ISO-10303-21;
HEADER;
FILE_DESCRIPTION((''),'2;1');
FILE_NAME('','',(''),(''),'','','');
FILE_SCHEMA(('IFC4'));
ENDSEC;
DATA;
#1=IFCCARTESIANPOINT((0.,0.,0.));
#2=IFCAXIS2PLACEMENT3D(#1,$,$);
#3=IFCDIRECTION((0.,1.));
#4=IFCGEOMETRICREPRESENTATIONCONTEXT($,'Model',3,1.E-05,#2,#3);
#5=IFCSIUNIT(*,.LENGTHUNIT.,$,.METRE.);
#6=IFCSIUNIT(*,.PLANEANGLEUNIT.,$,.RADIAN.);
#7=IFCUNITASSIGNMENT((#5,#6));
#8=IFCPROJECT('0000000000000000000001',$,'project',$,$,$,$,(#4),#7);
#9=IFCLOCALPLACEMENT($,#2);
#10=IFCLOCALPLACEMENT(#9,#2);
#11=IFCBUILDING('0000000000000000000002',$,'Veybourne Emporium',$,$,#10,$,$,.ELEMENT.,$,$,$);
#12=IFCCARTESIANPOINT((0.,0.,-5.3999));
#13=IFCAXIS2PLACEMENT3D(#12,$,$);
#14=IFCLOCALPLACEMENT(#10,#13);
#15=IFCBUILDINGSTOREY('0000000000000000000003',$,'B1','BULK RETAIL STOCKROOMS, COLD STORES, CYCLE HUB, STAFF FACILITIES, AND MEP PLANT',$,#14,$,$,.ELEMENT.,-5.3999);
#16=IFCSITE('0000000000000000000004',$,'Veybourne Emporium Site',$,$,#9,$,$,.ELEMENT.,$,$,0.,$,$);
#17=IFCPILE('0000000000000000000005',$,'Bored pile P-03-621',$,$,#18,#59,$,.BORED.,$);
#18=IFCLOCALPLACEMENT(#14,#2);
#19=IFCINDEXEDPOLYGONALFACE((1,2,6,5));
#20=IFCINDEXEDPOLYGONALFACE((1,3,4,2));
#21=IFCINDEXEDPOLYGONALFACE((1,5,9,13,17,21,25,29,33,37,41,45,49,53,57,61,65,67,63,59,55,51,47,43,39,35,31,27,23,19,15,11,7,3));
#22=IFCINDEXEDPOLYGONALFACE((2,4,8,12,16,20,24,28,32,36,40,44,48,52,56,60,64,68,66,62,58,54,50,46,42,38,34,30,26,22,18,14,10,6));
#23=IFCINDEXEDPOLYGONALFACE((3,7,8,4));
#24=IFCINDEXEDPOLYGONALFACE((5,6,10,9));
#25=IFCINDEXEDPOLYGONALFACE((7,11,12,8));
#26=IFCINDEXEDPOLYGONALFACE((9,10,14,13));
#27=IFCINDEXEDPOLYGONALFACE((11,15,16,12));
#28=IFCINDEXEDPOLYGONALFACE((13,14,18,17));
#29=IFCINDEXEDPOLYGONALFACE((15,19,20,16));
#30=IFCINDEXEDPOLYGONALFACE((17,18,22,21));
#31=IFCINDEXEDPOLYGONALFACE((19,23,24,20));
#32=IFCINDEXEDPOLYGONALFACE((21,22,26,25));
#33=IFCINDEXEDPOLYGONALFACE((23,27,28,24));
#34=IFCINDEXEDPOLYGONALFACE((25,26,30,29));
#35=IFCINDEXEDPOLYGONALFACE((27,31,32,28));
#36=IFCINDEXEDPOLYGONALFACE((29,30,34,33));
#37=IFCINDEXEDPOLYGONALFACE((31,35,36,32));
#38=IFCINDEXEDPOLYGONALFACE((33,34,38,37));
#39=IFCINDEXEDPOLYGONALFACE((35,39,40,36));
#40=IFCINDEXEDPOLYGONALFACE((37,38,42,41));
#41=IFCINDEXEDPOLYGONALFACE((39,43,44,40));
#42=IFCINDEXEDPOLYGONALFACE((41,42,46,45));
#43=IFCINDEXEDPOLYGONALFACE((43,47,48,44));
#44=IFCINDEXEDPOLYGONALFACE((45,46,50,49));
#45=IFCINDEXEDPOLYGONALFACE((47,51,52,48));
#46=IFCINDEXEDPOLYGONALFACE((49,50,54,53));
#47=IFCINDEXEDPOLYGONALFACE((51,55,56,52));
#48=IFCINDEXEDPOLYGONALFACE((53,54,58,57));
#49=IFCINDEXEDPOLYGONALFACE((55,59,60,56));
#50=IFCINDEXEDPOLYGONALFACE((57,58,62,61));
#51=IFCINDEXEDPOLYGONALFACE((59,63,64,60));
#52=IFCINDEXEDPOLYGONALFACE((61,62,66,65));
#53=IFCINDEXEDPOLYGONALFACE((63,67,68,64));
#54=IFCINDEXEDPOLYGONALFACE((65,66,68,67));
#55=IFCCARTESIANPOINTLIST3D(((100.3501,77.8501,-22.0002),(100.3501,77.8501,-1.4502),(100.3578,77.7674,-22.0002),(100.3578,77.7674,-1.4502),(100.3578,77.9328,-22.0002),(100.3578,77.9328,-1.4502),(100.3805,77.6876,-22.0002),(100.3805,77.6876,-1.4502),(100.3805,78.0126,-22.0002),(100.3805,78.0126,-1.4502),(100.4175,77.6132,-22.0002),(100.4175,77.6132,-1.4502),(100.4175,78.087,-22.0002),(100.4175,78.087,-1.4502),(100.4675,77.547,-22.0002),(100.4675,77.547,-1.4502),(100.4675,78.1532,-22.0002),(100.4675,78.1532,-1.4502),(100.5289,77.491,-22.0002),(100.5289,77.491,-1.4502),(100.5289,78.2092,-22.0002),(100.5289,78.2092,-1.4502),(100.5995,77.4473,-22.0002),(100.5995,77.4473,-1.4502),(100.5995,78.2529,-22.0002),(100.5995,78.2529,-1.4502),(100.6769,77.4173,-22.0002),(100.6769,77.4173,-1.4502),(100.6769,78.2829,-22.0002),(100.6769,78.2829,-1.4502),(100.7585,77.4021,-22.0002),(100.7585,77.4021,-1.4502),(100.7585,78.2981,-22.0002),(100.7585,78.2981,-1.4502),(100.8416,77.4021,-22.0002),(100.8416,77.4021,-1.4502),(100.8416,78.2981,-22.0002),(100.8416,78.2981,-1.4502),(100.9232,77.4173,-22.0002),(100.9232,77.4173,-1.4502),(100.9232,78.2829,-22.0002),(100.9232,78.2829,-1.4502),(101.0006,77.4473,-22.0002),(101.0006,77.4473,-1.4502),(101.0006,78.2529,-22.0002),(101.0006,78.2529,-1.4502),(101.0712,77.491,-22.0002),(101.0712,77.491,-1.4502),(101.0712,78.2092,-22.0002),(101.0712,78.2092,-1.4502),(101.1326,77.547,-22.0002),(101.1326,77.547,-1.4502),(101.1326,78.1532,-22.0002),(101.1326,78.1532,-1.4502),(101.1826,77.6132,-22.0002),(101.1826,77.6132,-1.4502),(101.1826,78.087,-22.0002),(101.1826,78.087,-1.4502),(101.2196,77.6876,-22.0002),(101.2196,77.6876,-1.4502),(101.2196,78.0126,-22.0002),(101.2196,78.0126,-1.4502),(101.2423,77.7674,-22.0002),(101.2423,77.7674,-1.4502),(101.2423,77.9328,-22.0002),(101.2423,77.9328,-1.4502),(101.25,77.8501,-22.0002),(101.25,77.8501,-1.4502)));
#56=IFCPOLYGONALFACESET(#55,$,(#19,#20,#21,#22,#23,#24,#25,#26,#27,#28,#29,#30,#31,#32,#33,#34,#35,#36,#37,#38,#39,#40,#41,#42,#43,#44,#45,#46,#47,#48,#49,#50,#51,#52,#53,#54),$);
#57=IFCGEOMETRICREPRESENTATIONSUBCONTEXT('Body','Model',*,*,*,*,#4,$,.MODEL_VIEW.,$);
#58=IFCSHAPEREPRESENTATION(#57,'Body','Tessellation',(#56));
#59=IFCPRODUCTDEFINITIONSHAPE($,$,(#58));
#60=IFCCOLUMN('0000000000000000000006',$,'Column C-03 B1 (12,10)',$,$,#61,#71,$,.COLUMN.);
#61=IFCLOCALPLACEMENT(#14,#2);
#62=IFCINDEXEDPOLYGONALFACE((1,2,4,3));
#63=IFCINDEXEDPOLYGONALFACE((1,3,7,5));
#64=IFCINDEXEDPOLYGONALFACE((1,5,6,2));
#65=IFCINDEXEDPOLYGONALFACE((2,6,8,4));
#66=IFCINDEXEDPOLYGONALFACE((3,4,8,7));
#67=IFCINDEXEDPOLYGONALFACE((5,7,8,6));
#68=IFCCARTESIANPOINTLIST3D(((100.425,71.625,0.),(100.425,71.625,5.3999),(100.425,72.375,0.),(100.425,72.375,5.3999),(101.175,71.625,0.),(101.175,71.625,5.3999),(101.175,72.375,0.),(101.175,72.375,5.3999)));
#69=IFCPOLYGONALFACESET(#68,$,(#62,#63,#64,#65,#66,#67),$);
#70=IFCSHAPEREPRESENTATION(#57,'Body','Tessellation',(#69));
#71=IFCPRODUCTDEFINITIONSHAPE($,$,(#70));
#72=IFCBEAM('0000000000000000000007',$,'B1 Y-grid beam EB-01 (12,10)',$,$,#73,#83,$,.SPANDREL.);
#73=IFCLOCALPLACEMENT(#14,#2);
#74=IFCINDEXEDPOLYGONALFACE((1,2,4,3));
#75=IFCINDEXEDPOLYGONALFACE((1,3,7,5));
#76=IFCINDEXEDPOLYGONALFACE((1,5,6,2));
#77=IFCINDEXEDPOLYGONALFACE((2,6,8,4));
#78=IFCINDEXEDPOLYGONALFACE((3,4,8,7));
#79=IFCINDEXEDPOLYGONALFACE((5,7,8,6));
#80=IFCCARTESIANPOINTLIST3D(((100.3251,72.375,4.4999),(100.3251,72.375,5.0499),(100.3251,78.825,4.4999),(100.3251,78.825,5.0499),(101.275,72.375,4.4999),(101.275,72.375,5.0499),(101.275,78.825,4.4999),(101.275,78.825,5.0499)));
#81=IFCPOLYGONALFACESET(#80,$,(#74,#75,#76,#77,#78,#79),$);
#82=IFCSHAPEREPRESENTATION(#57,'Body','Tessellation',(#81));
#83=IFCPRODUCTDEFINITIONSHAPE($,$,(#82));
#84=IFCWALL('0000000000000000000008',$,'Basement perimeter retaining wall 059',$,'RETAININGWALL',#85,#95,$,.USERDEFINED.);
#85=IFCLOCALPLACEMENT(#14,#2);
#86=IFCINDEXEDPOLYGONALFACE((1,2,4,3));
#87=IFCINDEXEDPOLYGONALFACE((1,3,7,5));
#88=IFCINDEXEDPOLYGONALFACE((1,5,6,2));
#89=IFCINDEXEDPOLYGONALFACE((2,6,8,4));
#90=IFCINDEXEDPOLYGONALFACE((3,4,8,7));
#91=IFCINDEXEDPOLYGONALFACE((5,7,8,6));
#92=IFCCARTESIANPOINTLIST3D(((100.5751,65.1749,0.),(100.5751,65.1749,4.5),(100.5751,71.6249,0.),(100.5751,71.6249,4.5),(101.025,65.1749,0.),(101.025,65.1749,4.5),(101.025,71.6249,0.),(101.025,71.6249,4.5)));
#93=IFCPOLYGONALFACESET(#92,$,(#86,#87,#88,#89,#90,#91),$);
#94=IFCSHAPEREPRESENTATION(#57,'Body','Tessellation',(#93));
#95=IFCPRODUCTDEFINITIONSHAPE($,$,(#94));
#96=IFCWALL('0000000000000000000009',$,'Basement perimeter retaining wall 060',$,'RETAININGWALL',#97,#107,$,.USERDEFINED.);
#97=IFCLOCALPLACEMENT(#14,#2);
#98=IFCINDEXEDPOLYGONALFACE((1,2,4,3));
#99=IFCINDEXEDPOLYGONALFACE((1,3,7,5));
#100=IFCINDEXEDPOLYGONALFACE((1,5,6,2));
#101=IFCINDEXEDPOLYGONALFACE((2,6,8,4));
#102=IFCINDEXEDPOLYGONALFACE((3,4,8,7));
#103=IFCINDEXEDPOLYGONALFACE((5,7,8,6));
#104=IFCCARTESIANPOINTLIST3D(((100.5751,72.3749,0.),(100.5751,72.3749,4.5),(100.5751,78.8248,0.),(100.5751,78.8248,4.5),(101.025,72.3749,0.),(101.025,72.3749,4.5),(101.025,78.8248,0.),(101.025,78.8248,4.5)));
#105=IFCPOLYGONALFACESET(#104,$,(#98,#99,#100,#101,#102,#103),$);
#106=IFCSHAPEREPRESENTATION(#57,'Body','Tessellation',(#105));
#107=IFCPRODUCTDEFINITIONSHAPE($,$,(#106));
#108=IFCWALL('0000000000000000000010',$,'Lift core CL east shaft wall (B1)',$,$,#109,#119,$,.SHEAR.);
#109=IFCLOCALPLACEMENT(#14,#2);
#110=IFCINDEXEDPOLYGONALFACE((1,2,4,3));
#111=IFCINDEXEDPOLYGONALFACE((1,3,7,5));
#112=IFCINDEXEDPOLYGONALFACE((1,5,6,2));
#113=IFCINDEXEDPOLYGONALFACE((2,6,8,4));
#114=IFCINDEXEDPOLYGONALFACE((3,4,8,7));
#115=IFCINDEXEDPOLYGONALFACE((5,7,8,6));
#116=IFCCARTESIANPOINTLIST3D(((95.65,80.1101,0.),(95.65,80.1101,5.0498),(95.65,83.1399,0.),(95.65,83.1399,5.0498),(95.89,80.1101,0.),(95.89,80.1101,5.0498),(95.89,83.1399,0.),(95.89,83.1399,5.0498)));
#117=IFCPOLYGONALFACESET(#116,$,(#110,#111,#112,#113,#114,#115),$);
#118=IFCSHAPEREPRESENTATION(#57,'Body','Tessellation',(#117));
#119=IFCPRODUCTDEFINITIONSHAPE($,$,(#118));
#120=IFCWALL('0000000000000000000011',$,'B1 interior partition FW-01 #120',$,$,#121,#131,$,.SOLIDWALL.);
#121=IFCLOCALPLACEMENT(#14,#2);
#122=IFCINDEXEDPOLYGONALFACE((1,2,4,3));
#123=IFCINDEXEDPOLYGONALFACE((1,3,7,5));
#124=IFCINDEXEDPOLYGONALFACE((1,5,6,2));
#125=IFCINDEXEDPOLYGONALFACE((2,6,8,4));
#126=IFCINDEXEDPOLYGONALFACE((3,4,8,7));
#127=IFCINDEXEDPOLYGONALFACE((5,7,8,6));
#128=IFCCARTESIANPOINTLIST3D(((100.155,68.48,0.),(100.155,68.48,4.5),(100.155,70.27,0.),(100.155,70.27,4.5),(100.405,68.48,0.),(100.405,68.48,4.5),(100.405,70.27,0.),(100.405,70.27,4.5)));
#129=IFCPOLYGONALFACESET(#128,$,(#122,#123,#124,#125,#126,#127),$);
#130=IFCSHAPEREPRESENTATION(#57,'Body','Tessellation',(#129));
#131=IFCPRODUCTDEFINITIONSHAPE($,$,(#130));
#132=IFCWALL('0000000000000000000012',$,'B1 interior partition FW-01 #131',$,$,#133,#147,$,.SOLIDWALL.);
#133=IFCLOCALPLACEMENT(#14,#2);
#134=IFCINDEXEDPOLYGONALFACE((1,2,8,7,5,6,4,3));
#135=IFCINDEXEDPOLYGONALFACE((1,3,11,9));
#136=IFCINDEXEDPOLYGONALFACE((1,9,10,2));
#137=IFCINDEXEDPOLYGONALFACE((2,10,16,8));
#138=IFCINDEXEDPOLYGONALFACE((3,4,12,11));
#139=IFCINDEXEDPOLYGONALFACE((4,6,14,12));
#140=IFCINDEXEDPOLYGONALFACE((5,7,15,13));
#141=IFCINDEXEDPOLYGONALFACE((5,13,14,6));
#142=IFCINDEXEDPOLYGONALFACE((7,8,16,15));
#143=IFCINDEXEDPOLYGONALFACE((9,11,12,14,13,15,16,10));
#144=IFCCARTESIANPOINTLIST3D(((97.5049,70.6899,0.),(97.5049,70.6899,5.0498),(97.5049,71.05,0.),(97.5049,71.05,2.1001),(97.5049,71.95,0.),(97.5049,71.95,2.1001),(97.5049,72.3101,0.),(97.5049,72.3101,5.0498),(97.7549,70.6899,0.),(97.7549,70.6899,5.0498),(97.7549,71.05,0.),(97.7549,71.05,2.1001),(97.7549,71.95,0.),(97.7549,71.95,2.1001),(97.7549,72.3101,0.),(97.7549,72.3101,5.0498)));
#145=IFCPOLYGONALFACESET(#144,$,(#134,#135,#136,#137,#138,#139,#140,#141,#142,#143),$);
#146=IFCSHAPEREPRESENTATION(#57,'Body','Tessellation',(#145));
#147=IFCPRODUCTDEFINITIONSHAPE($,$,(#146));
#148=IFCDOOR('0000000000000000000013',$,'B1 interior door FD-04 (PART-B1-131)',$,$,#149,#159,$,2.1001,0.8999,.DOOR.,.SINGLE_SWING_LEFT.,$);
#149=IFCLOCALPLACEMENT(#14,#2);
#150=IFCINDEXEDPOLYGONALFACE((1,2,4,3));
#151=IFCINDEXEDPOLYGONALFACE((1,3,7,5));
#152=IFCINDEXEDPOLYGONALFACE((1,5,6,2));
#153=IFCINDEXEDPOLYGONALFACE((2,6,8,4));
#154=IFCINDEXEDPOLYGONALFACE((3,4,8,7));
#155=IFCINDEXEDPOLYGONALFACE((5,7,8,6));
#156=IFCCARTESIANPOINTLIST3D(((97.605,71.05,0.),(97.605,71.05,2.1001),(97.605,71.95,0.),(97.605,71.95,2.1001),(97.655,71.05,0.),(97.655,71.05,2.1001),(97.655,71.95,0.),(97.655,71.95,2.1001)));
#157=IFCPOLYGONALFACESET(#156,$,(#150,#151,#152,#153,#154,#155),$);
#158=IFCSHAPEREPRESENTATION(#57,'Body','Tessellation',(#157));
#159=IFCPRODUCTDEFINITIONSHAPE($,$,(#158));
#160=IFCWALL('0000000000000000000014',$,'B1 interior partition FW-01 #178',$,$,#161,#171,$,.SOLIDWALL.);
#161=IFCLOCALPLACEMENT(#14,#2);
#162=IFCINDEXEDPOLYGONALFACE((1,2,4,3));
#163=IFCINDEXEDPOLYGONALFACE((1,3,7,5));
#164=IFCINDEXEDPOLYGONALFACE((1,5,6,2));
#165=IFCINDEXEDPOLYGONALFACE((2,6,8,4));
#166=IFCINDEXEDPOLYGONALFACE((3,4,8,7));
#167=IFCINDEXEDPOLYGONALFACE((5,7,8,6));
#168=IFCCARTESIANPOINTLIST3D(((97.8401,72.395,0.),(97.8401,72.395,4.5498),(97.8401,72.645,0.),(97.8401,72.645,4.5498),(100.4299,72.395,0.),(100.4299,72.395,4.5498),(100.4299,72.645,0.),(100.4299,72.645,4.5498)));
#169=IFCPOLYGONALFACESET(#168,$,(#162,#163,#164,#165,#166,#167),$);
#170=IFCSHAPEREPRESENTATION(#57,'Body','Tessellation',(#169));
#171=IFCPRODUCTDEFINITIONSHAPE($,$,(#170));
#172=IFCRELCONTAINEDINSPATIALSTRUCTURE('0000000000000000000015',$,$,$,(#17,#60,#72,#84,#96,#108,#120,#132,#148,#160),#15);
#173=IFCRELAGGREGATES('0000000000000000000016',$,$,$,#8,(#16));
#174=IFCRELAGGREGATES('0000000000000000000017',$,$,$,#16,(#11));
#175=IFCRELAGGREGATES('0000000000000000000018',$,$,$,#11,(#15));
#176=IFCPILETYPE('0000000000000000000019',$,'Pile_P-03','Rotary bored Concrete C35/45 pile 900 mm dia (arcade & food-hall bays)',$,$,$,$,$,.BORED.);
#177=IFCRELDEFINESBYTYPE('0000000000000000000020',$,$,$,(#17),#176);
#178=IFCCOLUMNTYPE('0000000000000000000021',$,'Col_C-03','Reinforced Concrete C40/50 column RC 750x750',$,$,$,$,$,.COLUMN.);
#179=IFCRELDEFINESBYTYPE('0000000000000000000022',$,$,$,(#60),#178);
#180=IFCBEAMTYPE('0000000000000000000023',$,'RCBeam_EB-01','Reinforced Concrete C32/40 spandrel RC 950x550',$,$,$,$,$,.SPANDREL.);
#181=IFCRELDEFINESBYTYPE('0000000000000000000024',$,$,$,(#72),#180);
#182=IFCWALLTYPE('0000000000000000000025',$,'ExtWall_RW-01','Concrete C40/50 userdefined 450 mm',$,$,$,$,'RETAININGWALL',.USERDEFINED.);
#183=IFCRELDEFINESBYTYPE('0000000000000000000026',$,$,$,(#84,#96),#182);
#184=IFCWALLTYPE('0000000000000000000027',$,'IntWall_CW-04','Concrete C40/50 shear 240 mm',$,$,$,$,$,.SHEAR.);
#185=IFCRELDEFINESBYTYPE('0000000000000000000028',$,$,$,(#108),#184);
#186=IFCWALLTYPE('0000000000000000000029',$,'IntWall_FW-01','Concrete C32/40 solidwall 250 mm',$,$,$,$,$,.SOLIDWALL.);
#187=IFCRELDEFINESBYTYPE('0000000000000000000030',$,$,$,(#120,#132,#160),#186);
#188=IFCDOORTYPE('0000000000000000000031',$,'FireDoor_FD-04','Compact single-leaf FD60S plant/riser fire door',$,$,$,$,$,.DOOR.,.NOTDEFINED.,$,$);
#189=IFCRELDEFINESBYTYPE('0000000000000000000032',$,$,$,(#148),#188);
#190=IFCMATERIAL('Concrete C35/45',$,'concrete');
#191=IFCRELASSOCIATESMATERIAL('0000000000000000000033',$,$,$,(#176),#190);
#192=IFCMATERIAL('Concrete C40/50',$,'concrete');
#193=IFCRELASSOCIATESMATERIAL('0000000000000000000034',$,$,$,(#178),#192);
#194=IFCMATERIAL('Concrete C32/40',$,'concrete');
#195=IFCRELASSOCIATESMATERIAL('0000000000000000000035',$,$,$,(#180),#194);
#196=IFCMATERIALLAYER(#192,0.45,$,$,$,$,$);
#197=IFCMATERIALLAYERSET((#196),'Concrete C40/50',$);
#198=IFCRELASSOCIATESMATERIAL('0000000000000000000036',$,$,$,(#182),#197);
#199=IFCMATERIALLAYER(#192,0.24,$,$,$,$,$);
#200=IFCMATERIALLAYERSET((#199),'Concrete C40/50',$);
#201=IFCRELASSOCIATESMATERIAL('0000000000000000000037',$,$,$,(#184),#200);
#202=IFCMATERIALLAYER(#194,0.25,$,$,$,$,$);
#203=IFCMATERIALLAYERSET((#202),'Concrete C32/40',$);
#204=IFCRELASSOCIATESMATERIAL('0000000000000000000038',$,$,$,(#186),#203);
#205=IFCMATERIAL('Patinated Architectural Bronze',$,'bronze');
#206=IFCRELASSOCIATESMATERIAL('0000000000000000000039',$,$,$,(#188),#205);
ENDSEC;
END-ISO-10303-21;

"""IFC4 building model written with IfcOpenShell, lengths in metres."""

from ifc_helpers import new_model, si_unit, direction, frame, frame_2d, origin, origin_2d, place, context, subcontext, project, spatial, rectangle, circle, extrude, material, layer, layer_set, material_profile, profile_set, type_object, element, fill, save


model = new_model("IFC4")

# Units and contexts
model_context = context("Model", 3, precision=1e-05, world=origin(), true_north=direction((0.0, 1.0)))
body_context = subcontext(model_context, "Body", "Model", "MODEL_VIEW")
ifc_project = project(units=[si_unit("LENGTHUNIT", "METRE"), si_unit("PLANEANGLEUNIT", "RADIAN")], contexts=[model_context])

# Site, building, storey
site_placement = place(None, origin())
site = spatial("IfcSite", under=ifc_project, at=site_placement, Name="Veybourne Emporium Site", CompositionType="ELEMENT", RefElevation=0.0)
building_placement = place(site_placement, origin())
building = spatial("IfcBuilding", under=site, at=building_placement, Name="Veybourne Emporium", CompositionType="ELEMENT")
storey_placement = place(building_placement, frame((0.0, 0.0, -5.3999)))
storey = spatial("IfcBuildingStorey", under=building, at=storey_placement, Name="B1", Description="BULK RETAIL STOCKROOMS, COLD STORES, CYCLE HUB, STAFF FACILITIES, AND MEP PLANT", CompositionType="ELEMENT", Elevation=-5.3999)

# Shared definitions
ifc_material_1 = material(Name="Concrete C35/45", Category="concrete")

# Pile
ifc_material_profile_1 = material_profile(ifc_material_1, circle(Radius=0.45, at=origin_2d()), Name="BORED PILE 900")
ifc_profile_set_1 = profile_set([ifc_material_profile_1], Name="Concrete C35/45")
pile_type_1 = type_object("IfcPileType", Name="Pile_P-03", Description="Rotary bored Concrete C35/45 pile 900 mm dia (arcade & food-hall bays)", PredefinedType="BORED", material=ifc_profile_set_1)
pile_placement = place(storey_placement, frame((100.8, 77.8501, -1.4502), z_axis=(0.0, 0.0, -1.0), x_axis=(1.0, 0.0, 0.0)))
element("IfcPile", 1, at=pile_placement, inside=storey, type_object=pile_type_1, Name="Bored pile P-03-621", PredefinedType="BORED", context=body_context, shape_type="SweptSolid", body=[
    extrude(circle(Radius=0.45, at=origin_2d()), origin(), (0.0, 0.0, 1.0), 20.55),
])

# Column
ifc_material_2 = material(Name="Concrete C40/50", Category="concrete")
ifc_material_profile_2 = material_profile(ifc_material_2, rectangle(XDim=0.75, YDim=0.75, at=origin_2d()), Name="RC 750x750")
ifc_profile_set_2 = profile_set([ifc_material_profile_2], Name="Concrete C40/50")
column_type = type_object("IfcColumnType", Name="Col_C-03", Description="Reinforced Concrete C40/50 column RC 750x750", PredefinedType="COLUMN", material=ifc_profile_set_2)
column_placement = place(storey_placement, frame((100.8, 72.0, 0.0), z_axis=(0.0, 0.0, 1.0), x_axis=(1.0, 0.0, 0.0)))
element("IfcColumn", 2, at=column_placement, inside=storey, type_object=column_type, Name="Column C-03 B1 (12,10)", PredefinedType="COLUMN", context=body_context, shape_type="SweptSolid", body=[
    extrude(rectangle(XDim=0.75, YDim=0.75, at=origin_2d()), origin(), (0.0, 0.0, 1.0), 5.3999),
])

# Beam
ifc_material_3 = material(Name="Concrete C32/40", Category="concrete")
ifc_material_profile_3 = material_profile(ifc_material_3, rectangle(XDim=0.95, YDim=0.55, at=origin_2d()), Name="RC 950x550")
ifc_profile_set_3 = profile_set([ifc_material_profile_3], Name="Concrete C32/40")
beam_type = type_object("IfcBeamType", Name="RCBeam_EB-01", Description="Reinforced Concrete C32/40 spandrel RC 950x550", PredefinedType="SPANDREL", material=ifc_profile_set_3)
beam_placement = place(storey_placement, frame((100.8, 72.375, 4.7749), z_axis=(0.0, 1.0, 0.0), x_axis=(-1.0, 0.0, 0.0)))
element("IfcBeam", 3, at=beam_placement, inside=storey, type_object=beam_type, Name="B1 Y-grid beam EB-01 (12,10)", PredefinedType="SPANDREL", context=body_context, shape_type="SweptSolid", body=[
    extrude(rectangle(XDim=0.95, YDim=0.55, at=origin_2d()), origin(), (0.0, 0.0, 1.0), 6.45),
])

# Walls
ifc_layer_1 = layer(ifc_material_2, 0.45)
ifc_layer_set_1 = layer_set([ifc_layer_1], Name="Concrete C40/50")
wall_type_1 = type_object("IfcWallType", Name="ExtWall_RW-01", Description="Concrete C40/50 userdefined 450 mm", ElementType="RETAININGWALL", PredefinedType="USERDEFINED", material=ifc_layer_set_1)
for number, where, z_axis, x_axis, name in (
    (4, (100.8, 71.625, 0.0), (0.0, 0.0, 1.0), (0.0, -1.0, 0.0), "Basement perimeter retaining wall 059"),
    (5, (100.8, 78.825, 0.0), (0.0, 0.0, 1.0), (0.0, -1.0, 0.0), "Basement perimeter retaining wall 060"),
):
    element("IfcWall", number, at=place(storey_placement, frame(where, z_axis=z_axis, x_axis=x_axis)), inside=storey, type_object=wall_type_1, Name=name, ObjectType="RETAININGWALL", PredefinedType="USERDEFINED", context=body_context, shape_type="SweptSolid", body=[
        extrude(rectangle(XDim=6.45, YDim=0.45, at=frame_2d((3.2251, 0.0))), origin(), (0.0, 0.0, 1.0), 4.5),
    ])
ifc_layer_2 = layer(ifc_material_2, 0.24)
ifc_layer_set_2 = layer_set([ifc_layer_2], Name="Concrete C40/50")
wall_type_2 = type_object("IfcWallType", Name="IntWall_CW-04", Description="Concrete C40/50 shear 240 mm", PredefinedType="SHEAR", material=ifc_layer_set_2)
wall_1_placement = place(storey_placement, frame((95.77, 80.1101, 0.0), z_axis=(0.0, 0.0, 1.0), x_axis=(0.0, 1.0, 0.0)))
element("IfcWall", 6, at=wall_1_placement, inside=storey, type_object=wall_type_2, Name="Lift core CL east shaft wall (B1)", PredefinedType="SHEAR", context=body_context, shape_type="SweptSolid", body=[
    extrude(rectangle(XDim=3.0298, YDim=0.24, at=frame_2d((1.5149, 0.0))), origin(), (0.0, 0.0, 1.0), 5.0498),
])

# Shared definitions
ifc_layer_3 = layer(ifc_material_3, 0.25)
ifc_layer_set_3 = layer_set([ifc_layer_3], Name="Concrete C32/40")
wall_type_3 = type_object("IfcWallType", Name="IntWall_FW-01", Description="Concrete C32/40 solidwall 250 mm", PredefinedType="SOLIDWALL", material=ifc_layer_set_3)
ifc_material_4 = material(Name="Patinated Architectural Bronze", Category="bronze")

# Wall
wall_2_placement = place(storey_placement, frame((100.28, 68.48, 0.0), z_axis=(0.0, 0.0, 1.0), x_axis=(0.0, 1.0, 0.0)))
element("IfcWall", 7, at=wall_2_placement, inside=storey, type_object=wall_type_3, Name="B1 interior partition FW-01 #120", PredefinedType="SOLIDWALL", context=body_context, shape_type="SweptSolid", body=[
    extrude(rectangle(XDim=1.79, YDim=0.25, at=frame_2d((0.895, 0.0))), origin(), (0.0, 0.0, 1.0), 4.5),
])

# Wall, opening, door
wall_3_placement = place(storey_placement, frame((97.6299, 70.6899, 0.0), z_axis=(0.0, 0.0, 1.0), x_axis=(0.0, 1.0, 0.0)))
wall_3 = element("IfcWall", 8, at=wall_3_placement, inside=storey, type_object=wall_type_3, Name="B1 interior partition FW-01 #131", PredefinedType="SOLIDWALL", context=body_context, shape_type="SweptSolid", body=[
    extrude(rectangle(XDim=1.6201, YDim=0.25, at=frame_2d((0.8101, 0.0))), origin(), (0.0, 0.0, 1.0), 5.0498),
])
opening_1_placement = place(wall_3_placement, frame((0.3601, 0.0, 0.0)))
opening_1 = element("IfcOpeningElement", 9, at=opening_1_placement, cuts=wall_3, PredefinedType="OPENING", context=body_context, shape_type="SweptSolid", body=[
    extrude(rectangle(XDim=0.8999, YDim=2.1001, at=frame_2d((0.45, 1.05))), frame((0.0, 0.145, 0.0), z_axis=(0.0, -1.0, 0.0), x_axis=(1.0, 0.0, 0.0)), (0.0, 0.0, 1.0), 0.29),
])
door_type_1 = type_object("IfcDoorType", Name="FireDoor_FD-04", Description="Compact single-leaf FD60S plant/riser fire door", OperationType="NOTDEFINED", PredefinedType="DOOR", material=ifc_material_4)
door_1_placement = place(opening_1_placement, origin())
door_1 = element("IfcDoor", 10, at=door_1_placement, inside=storey, type_object=door_type_1, Name="B1 interior door FD-04 (PART-B1-131)", OperationType="SINGLE_SWING_LEFT", OverallHeight=2.1001, OverallWidth=0.8999, PredefinedType="DOOR", context=body_context, shape_type="SweptSolid", body=[
    extrude(rectangle(XDim=0.8999, YDim=2.1001, at=frame_2d((0.45, 1.05))), frame((0.0, 0.0249, 0.0), z_axis=(0.0, -1.0, 0.0), x_axis=(1.0, 0.0, 0.0)), (0.0, 0.0, 1.0), 0.05),
])
fill(opening_1, door_1)

# Wall
wall_4_placement = place(storey_placement, frame((97.8401, 72.52, 0.0), z_axis=(0.0, 0.0, 1.0), x_axis=(1.0, 0.0, 0.0)))
element("IfcWall", 11, at=wall_4_placement, inside=storey, type_object=wall_type_3, Name="B1 interior partition FW-01 #178", PredefinedType="SOLIDWALL", context=body_context, shape_type="SweptSolid", body=[
    extrude(rectangle(XDim=2.5898, YDim=0.25, at=frame_2d((1.2949, 0.0))), origin(), (0.0, 0.0, 1.0), 4.5498),
])

save(model, "model.ifc")
